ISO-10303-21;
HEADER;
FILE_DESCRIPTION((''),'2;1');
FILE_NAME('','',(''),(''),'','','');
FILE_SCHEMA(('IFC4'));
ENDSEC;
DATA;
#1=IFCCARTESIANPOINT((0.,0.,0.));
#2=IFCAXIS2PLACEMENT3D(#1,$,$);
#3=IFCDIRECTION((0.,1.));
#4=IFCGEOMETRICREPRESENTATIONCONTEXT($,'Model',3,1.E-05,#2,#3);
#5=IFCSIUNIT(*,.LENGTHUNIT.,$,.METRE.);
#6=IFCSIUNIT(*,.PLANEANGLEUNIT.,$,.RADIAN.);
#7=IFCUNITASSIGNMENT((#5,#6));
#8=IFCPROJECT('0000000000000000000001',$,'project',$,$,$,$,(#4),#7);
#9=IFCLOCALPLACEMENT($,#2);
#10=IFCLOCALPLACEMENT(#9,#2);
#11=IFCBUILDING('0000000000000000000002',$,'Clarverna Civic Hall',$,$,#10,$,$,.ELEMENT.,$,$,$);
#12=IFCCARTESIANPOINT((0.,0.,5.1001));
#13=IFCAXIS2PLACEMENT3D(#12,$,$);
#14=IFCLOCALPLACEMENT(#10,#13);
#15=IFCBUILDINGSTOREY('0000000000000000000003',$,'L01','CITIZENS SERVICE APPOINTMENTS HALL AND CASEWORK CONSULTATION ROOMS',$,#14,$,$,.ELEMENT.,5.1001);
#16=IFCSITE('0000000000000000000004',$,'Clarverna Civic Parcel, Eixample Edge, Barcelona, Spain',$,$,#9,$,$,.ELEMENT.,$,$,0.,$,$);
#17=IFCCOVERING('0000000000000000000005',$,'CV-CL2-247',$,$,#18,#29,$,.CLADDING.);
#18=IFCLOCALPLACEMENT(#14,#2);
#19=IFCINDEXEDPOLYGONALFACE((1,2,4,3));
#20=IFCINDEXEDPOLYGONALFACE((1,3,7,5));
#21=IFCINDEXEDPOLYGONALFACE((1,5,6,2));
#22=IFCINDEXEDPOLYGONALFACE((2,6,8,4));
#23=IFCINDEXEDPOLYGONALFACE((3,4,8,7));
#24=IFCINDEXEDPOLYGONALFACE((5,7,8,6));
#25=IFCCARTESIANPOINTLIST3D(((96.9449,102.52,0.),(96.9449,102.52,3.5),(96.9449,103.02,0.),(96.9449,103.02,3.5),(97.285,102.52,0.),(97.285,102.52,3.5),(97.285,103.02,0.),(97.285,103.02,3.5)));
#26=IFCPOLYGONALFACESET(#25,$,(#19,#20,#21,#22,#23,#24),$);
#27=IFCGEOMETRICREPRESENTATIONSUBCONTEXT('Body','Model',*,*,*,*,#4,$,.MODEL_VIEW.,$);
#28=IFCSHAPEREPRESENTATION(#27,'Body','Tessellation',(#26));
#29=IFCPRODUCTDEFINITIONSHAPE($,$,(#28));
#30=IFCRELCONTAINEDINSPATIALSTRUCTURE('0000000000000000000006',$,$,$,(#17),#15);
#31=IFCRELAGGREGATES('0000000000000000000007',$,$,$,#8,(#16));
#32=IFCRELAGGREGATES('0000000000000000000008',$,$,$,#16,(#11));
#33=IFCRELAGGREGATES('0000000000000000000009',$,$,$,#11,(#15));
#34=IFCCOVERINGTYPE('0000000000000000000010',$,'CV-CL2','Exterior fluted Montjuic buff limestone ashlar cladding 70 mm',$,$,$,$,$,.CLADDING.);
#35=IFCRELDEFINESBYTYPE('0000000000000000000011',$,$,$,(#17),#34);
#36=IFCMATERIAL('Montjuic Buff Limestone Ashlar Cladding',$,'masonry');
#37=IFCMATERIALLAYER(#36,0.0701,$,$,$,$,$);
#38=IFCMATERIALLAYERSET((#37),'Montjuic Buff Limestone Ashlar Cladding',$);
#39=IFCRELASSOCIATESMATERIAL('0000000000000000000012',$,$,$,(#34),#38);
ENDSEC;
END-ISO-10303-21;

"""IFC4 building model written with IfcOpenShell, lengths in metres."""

from ifc_helpers import new_model, si_unit, direction, frame, frame_2d, origin, place, context, subcontext, project, spatial, rectangle, extrude, material, layer, layer_set, type_object, element, save


model = new_model("IFC4")

# Units and contexts
model_context = context("Model", 3, precision=1e-05, world=origin(), true_north=direction((0.0, 1.0)))
body_context = subcontext(model_context, "Body", "Model", "MODEL_VIEW")
ifc_project = project(units=[si_unit("LENGTHUNIT", "METRE"), si_unit("PLANEANGLEUNIT", "RADIAN")], contexts=[model_context])

# Site, building, storey
site_placement = place(None, origin())
site = spatial("IfcSite", under=ifc_project, at=site_placement, Name="Clarverna Civic Parcel, Eixample Edge, Barcelona, Spain", CompositionType="ELEMENT", RefElevation=0.0)
building_placement = place(site_placement, origin())
building = spatial("IfcBuilding", under=site, at=building_placement, Name="Clarverna Civic Hall", CompositionType="ELEMENT")
storey_placement = place(building_placement, frame((0.0, 0.0, 5.1001)))
storey = spatial("IfcBuildingStorey", under=building, at=storey_placement, Name="L01", Description="CITIZENS SERVICE APPOINTMENTS HALL AND CASEWORK CONSULTATION ROOMS", CompositionType="ELEMENT", Elevation=5.1001)

# Covering
ifc_material_1 = material(Name="Montjuic Buff Limestone Ashlar Cladding", Category="masonry")
ifc_layer_1 = layer(ifc_material_1, 0.0701)
ifc_layer_set_1 = layer_set([ifc_layer_1], Name="Montjuic Buff Limestone Ashlar Cladding")
covering_type = type_object("IfcCoveringType", Name="CV-CL2", Description="Exterior fluted Montjuic buff limestone ashlar cladding 70 mm", PredefinedType="CLADDING", material=ifc_layer_set_1)
covering_1_placement = place(storey_placement, frame((97.115, 102.52, 0.0), z_axis=(0.0, 0.0, 1.0), x_axis=(0.0, 1.0, 0.0)))
element("IfcCovering", 1, at=covering_1_placement, inside=storey, type_object=covering_type, Name="CV-CL2-247", PredefinedType="CLADDING", context=body_context, shape_type="SweptSolid", body=[
    extrude(rectangle(XDim=0.5, YDim=0.3401, at=frame_2d((0.25, 0.0))), origin(), (0.0, 0.0, 1.0), 3.5),
])

save(model, "model.ifc")
